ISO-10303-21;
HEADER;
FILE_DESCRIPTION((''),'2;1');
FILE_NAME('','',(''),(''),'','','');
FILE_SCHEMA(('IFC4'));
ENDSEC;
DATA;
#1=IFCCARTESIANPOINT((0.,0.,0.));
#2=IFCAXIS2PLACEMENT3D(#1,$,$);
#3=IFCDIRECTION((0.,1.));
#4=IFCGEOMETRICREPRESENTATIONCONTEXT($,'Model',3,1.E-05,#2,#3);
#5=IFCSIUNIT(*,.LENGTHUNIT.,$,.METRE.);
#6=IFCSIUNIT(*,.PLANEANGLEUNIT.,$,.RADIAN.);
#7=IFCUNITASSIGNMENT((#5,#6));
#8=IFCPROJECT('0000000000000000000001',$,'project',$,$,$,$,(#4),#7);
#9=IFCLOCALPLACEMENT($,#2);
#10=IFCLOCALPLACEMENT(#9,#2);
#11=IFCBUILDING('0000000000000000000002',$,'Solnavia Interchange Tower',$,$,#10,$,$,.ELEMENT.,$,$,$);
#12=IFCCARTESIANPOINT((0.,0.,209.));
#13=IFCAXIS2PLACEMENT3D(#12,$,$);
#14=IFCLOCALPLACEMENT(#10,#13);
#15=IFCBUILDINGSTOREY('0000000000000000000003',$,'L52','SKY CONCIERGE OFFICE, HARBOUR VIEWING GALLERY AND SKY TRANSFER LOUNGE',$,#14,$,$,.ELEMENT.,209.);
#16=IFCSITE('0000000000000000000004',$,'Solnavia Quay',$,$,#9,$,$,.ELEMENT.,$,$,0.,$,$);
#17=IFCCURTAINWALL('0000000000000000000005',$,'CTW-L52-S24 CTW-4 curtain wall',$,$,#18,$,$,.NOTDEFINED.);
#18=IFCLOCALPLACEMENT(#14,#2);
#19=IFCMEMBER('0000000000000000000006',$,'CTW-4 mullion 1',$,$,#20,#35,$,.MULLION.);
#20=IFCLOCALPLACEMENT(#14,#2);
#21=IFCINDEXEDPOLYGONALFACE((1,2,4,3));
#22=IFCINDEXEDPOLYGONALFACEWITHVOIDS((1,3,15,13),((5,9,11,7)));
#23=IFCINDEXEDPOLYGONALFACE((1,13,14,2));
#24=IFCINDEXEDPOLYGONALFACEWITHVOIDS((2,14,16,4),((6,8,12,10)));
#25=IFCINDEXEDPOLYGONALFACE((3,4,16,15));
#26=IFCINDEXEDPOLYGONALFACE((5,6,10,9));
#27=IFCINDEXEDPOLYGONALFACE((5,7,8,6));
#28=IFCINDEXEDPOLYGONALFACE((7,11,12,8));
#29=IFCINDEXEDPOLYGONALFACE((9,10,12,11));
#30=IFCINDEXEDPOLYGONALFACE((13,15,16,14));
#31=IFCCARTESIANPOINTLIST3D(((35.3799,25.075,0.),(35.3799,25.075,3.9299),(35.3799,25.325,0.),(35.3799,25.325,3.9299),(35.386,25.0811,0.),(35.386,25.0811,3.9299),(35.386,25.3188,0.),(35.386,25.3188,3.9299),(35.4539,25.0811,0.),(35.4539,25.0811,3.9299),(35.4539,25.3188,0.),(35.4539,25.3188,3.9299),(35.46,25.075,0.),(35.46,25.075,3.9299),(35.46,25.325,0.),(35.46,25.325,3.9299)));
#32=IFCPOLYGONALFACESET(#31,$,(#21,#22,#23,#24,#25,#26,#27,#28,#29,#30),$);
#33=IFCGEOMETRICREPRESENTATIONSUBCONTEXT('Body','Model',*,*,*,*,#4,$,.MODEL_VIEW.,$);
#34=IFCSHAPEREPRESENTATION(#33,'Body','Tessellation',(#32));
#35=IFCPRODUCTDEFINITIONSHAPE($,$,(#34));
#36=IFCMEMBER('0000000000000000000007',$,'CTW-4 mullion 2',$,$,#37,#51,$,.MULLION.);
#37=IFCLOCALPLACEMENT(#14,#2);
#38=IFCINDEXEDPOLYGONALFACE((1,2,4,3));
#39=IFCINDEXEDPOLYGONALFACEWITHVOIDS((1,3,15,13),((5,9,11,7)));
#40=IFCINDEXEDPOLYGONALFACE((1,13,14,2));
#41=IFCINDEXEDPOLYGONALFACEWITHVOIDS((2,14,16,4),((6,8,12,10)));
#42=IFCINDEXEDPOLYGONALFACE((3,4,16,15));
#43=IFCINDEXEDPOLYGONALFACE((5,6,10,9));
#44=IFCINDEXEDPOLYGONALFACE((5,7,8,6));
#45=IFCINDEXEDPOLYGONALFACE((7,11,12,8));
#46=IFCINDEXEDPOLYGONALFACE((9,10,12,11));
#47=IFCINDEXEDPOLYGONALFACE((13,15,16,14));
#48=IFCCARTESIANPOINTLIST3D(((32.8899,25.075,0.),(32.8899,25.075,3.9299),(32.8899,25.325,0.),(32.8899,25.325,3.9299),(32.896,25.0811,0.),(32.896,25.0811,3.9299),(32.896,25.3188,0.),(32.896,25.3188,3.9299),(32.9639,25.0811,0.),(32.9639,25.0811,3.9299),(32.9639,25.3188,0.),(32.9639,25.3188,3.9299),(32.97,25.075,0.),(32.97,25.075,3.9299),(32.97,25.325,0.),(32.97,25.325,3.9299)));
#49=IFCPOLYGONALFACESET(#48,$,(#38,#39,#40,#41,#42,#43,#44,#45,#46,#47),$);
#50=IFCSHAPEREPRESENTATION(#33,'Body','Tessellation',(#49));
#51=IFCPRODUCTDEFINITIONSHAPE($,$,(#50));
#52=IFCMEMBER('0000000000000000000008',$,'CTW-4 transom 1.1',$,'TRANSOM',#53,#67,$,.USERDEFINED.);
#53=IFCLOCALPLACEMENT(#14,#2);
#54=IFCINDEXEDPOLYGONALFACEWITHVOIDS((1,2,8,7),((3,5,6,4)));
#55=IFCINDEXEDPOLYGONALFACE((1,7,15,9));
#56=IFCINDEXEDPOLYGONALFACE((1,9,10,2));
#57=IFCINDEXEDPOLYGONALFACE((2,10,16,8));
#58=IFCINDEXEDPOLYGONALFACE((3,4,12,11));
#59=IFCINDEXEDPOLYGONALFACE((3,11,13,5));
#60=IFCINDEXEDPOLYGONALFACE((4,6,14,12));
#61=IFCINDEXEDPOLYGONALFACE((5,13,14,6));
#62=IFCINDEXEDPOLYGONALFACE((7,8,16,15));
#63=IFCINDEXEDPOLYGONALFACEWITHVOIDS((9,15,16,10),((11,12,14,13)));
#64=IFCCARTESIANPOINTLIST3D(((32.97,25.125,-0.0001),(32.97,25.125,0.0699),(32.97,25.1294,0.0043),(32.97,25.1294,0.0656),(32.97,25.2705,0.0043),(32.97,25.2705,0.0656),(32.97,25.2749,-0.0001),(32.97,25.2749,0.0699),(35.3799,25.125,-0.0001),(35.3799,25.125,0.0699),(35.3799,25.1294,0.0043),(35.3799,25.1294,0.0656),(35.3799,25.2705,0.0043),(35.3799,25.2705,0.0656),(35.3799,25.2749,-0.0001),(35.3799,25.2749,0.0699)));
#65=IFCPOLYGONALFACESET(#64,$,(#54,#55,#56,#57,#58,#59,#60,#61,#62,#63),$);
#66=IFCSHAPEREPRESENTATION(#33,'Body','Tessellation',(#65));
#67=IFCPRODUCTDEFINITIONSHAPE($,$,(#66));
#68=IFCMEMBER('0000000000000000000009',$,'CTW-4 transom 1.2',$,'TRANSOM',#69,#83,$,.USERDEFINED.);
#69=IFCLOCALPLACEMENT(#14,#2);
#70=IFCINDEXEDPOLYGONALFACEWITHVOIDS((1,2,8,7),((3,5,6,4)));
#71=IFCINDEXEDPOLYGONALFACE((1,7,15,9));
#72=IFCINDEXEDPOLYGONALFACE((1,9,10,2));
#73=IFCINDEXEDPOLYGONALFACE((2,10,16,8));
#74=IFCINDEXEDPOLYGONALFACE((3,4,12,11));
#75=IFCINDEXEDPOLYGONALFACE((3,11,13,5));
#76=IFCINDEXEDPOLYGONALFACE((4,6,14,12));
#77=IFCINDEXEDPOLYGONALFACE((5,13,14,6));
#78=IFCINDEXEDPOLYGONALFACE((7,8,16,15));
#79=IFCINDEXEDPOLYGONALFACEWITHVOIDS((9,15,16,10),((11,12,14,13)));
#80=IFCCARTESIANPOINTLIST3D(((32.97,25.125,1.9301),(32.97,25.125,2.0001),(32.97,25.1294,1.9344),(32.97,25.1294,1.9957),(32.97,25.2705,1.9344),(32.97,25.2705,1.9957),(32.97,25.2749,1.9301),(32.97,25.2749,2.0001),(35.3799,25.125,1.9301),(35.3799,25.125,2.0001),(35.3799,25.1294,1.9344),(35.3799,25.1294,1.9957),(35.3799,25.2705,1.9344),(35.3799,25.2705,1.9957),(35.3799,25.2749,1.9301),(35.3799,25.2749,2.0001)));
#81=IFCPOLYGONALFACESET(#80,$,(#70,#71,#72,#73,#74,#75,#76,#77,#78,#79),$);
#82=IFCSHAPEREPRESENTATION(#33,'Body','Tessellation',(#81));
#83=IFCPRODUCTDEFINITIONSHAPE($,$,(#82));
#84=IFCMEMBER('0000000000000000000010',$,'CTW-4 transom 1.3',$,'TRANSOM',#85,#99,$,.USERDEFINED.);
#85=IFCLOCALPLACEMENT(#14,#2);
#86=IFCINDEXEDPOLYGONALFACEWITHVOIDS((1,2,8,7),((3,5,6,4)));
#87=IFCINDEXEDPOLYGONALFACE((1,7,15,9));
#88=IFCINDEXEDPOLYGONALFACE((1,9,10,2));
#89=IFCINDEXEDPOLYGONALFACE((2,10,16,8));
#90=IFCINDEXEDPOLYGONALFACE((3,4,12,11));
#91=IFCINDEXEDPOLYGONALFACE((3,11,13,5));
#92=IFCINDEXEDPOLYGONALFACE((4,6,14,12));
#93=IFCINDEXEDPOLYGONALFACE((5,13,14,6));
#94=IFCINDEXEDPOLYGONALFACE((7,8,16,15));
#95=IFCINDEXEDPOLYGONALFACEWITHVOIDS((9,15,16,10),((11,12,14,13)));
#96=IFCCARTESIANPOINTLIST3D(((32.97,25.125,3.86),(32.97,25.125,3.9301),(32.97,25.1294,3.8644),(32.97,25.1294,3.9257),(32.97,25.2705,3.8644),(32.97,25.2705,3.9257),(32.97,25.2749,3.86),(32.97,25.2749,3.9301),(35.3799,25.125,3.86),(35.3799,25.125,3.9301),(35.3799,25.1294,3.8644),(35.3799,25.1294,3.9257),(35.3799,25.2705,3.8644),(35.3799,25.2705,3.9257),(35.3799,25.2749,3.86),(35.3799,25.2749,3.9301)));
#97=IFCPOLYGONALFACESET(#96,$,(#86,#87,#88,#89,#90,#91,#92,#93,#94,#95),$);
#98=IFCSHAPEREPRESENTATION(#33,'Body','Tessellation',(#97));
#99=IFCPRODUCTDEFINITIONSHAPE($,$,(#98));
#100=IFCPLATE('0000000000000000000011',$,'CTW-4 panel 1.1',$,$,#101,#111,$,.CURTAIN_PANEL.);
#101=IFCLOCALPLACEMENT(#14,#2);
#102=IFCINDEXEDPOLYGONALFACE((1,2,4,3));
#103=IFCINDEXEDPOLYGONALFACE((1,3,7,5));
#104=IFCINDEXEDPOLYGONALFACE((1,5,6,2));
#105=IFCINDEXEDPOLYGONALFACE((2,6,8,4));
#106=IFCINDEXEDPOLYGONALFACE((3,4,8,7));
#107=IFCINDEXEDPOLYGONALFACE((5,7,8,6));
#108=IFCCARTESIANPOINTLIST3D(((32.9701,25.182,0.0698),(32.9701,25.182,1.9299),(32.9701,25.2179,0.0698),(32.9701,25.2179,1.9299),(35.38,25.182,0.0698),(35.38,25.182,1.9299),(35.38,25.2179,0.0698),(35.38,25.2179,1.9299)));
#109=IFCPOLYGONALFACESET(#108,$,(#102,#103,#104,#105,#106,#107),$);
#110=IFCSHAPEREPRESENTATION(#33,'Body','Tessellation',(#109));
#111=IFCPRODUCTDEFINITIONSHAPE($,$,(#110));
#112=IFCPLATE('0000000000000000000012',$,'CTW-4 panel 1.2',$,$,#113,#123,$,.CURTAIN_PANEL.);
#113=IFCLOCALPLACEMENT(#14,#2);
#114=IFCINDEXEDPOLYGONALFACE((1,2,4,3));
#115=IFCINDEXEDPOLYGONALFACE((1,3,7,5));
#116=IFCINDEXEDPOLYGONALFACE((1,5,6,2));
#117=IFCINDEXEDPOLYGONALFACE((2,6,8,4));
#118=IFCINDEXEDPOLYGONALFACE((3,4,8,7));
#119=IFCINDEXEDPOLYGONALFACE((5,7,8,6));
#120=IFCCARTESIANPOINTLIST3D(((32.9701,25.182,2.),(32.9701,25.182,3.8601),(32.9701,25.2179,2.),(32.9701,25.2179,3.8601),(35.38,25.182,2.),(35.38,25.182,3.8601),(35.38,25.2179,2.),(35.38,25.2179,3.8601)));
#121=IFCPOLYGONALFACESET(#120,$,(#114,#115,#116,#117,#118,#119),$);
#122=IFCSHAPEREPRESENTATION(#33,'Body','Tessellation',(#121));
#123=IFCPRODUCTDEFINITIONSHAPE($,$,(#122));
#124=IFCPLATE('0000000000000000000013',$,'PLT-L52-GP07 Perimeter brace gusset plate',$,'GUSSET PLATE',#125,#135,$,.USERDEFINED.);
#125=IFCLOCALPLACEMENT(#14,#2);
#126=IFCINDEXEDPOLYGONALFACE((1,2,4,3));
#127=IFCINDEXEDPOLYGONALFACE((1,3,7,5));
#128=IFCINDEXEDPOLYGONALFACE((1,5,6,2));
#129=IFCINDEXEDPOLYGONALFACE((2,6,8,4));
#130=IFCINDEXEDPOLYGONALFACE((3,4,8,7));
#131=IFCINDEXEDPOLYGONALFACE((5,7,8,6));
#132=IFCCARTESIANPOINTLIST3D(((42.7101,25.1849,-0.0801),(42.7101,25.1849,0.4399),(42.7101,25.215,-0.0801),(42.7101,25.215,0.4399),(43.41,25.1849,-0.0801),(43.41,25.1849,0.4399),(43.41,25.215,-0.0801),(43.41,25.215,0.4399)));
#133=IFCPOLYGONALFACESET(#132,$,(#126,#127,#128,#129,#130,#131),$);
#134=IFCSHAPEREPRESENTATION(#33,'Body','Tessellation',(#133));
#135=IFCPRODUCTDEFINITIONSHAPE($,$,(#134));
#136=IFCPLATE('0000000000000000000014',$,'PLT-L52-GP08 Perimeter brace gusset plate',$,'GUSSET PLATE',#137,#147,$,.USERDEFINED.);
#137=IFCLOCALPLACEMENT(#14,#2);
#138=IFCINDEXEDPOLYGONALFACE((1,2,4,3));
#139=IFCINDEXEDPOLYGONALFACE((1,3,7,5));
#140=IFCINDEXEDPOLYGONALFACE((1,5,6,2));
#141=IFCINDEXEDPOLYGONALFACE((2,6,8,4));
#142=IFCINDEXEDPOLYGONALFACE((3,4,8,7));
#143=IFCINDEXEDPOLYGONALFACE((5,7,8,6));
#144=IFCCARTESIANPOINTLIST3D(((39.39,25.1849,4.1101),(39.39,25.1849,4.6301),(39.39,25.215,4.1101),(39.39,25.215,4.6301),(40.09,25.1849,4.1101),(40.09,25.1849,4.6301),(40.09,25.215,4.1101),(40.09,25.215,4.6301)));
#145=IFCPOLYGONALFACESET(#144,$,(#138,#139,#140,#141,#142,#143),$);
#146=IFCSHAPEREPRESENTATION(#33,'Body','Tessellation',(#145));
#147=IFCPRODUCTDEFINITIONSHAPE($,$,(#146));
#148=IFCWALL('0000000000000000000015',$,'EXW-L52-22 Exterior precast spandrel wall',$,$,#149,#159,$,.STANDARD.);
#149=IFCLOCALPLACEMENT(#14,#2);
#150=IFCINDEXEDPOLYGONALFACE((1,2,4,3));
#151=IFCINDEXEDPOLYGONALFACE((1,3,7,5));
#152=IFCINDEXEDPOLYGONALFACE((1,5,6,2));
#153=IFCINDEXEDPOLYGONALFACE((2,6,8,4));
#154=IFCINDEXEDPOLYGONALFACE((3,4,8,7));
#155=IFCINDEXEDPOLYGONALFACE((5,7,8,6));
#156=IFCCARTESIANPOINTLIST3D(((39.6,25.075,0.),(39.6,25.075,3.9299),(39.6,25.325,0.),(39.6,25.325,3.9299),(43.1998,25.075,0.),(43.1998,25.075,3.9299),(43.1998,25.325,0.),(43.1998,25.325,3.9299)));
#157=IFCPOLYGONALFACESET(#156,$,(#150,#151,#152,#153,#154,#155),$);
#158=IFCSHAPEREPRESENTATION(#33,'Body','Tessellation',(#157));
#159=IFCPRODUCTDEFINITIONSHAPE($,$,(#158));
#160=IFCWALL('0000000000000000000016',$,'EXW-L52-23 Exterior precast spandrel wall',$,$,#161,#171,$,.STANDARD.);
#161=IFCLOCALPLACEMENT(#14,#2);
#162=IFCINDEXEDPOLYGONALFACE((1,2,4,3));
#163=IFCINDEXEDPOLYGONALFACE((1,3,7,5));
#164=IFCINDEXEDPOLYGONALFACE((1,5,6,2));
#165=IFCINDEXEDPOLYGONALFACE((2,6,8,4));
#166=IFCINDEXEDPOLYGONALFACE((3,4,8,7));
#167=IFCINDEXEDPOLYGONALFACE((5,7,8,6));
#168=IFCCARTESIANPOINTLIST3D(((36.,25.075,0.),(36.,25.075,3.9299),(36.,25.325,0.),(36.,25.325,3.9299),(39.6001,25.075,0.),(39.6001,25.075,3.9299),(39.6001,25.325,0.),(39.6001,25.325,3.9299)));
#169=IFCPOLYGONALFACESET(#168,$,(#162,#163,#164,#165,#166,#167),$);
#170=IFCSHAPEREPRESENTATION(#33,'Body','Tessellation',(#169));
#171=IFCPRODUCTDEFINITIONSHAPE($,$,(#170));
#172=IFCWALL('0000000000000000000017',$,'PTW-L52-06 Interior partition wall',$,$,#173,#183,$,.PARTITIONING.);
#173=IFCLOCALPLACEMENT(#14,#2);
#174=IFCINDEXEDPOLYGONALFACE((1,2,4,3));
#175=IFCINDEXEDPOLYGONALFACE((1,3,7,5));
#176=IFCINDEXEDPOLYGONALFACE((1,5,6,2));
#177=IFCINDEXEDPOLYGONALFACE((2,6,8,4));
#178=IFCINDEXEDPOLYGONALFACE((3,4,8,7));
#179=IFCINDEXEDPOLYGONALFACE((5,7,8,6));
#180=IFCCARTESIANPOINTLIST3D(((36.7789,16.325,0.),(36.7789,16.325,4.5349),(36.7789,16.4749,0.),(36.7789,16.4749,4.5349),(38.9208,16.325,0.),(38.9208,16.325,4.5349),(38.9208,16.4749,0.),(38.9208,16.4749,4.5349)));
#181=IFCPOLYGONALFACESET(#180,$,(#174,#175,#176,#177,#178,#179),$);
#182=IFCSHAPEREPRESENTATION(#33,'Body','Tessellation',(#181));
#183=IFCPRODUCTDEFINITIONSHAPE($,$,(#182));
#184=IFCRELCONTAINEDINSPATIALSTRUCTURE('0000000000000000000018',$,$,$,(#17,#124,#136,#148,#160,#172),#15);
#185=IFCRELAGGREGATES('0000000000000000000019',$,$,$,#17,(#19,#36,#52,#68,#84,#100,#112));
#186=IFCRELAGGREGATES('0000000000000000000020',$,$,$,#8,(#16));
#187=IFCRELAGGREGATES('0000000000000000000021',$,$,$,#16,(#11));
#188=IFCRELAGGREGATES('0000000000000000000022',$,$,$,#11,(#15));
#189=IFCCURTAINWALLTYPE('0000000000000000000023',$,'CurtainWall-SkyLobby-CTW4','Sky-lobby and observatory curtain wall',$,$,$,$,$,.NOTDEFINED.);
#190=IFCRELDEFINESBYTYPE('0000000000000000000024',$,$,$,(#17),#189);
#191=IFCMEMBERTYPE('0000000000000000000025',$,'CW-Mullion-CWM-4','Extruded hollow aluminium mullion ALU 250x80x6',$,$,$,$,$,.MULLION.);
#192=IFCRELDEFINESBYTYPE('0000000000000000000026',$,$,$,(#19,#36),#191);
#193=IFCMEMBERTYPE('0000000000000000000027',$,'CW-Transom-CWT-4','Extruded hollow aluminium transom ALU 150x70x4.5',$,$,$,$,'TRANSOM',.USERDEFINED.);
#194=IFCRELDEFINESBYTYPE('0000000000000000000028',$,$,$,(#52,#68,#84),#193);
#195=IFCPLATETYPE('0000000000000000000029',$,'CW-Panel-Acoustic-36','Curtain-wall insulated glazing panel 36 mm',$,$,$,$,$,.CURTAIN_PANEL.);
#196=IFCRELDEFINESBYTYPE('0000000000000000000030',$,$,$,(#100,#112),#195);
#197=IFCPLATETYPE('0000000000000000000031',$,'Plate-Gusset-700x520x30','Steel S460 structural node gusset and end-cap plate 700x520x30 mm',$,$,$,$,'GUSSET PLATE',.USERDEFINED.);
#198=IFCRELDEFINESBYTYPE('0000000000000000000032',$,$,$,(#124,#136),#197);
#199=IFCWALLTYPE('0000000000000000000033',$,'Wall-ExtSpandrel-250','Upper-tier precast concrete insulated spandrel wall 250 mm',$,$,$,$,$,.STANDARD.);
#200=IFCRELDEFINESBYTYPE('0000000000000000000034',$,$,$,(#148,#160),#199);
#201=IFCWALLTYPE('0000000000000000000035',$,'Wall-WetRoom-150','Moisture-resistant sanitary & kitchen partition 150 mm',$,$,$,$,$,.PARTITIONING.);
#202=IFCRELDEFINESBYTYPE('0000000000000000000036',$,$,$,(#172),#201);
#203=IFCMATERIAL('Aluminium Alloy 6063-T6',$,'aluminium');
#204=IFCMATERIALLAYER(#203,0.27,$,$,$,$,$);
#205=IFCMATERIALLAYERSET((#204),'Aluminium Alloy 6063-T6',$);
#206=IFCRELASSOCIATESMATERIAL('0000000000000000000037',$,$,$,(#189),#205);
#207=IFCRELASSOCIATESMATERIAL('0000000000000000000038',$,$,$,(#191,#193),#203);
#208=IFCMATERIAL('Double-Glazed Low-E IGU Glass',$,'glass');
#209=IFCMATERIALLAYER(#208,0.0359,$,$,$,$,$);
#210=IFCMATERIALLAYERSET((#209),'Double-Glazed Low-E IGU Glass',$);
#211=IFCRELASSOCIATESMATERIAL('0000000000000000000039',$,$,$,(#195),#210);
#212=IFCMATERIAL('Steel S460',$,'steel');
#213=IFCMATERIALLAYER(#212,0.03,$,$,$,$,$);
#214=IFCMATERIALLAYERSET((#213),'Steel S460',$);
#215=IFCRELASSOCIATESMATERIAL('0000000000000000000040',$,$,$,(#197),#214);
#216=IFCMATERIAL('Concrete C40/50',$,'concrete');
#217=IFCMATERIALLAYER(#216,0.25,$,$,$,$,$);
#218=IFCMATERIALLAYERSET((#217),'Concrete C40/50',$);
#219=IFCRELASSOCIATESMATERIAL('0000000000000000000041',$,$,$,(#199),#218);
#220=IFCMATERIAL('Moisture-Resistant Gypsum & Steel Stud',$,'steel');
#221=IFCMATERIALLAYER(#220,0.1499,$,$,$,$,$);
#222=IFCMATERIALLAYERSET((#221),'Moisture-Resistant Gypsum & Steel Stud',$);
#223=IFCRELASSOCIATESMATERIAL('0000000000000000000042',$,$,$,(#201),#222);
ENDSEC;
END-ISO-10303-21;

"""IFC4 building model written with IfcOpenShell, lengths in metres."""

from ifc_helpers import new_model, si_unit, direction, frame, frame_2d, origin, origin_2d, place, context, subcontext, project, spatial, rectangle, hollow_rectangle, extrude, material, layer, layer_set, material_profile, profile_set, type_object, element, aggregate, save


model = new_model("IFC4")

# Units and contexts
model_context = context("Model", 3, precision=1e-05, world=origin(), true_north=direction((0.0, 1.0)))
body_context = subcontext(model_context, "Body", "Model", "MODEL_VIEW")
ifc_project = project(units=[si_unit("LENGTHUNIT", "METRE"), si_unit("PLANEANGLEUNIT", "RADIAN")], contexts=[model_context])

# Site, building, storey
site_placement = place(None, origin())
site = spatial("IfcSite", under=ifc_project, at=site_placement, Name="Solnavia Quay", CompositionType="ELEMENT", RefElevation=0.0)
building_placement = place(site_placement, origin())
building = spatial("IfcBuilding", under=site, at=building_placement, Name="Solnavia Interchange Tower", CompositionType="ELEMENT")
storey_placement = place(building_placement, frame((0.0, 0.0, 209.0)))
storey = spatial("IfcBuildingStorey", under=building, at=storey_placement, Name="L52", Description="SKY CONCIERGE OFFICE, HARBOUR VIEWING GALLERY AND SKY TRANSFER LOUNGE", CompositionType="ELEMENT", Elevation=209.0)

# Shared definitions
ifc_material_1 = material(Name="Steel S460", Category="steel")

# Curtain wall, members, plates
ifc_material_2 = material(Name="Aluminium Alloy 6063-T6", Category="aluminium")
ifc_layer_1 = layer(ifc_material_2, 0.27)
ifc_layer_set_1 = layer_set([ifc_layer_1], Name="Aluminium Alloy 6063-T6")
curtain_wall_type = type_object("IfcCurtainWallType", Name="CurtainWall-SkyLobby-CTW4", Description="Sky-lobby and observatory curtain wall", PredefinedType="NOTDEFINED", material=ifc_layer_set_1)
curtain_wall_placement = place(storey_placement, origin())
curtain_wall = element("IfcCurtainWall", 1, at=curtain_wall_placement, inside=storey, type_object=curtain_wall_type, Name="CTW-L52-S24 CTW-4 curtain wall", PredefinedType="NOTDEFINED")
ifc_material_profile_1 = material_profile(ifc_material_2, hollow_rectangle(XDim=0.0801, YDim=0.25, WallThickness=0.0061, at=origin_2d()), Name="ALU 250x80x6")
ifc_profile_set_1 = profile_set([ifc_material_profile_1], Name="Aluminium Alloy 6063-T6")
member_type_1 = type_object("IfcMemberType", Name="CW-Mullion-CWM-4", Description="Extruded hollow aluminium mullion ALU 250x80x6", PredefinedType="MULLION", material=ifc_profile_set_1)
member_1_placement = place(storey_placement, frame((35.4199, 25.2, 0.0), z_axis=(0.0, 0.0, 1.0), x_axis=(-1.0, 0.0, 0.0)))
member_1 = element("IfcMember", 2, at=member_1_placement, type_object=member_type_1, Name="CTW-4 mullion 1", PredefinedType="MULLION", context=body_context, shape_type="SweptSolid", body=[
    extrude(hollow_rectangle(XDim=0.0801, YDim=0.25, WallThickness=0.0061, at=origin_2d()), origin(), (0.0, 0.0, 1.0), 3.9299),
])
member_2_placement = place(storey_placement, frame((32.9299, 25.2, 0.0), z_axis=(0.0, 0.0, 1.0), x_axis=(-1.0, 0.0, 0.0)))
member_2 = element("IfcMember", 3, at=member_2_placement, type_object=member_type_1, Name="CTW-4 mullion 2", PredefinedType="MULLION", context=body_context, shape_type="SweptSolid", body=[
    extrude(hollow_rectangle(XDim=0.0801, YDim=0.25, WallThickness=0.0061, at=origin_2d()), origin(), (0.0, 0.0, 1.0), 3.9299),
])
ifc_material_profile_2 = material_profile(ifc_material_2, hollow_rectangle(XDim=0.0701, YDim=0.1499, WallThickness=0.0044, at=origin_2d()), Name="ALU 150x70x4.5")
ifc_profile_set_2 = profile_set([ifc_material_profile_2], Name="Aluminium Alloy 6063-T6")
member_type_2 = type_object("IfcMemberType", Name="CW-Transom-CWT-4", Description="Extruded hollow aluminium transom ALU 150x70x4.5", ElementType="TRANSOM", PredefinedType="USERDEFINED", material=ifc_profile_set_2)
member_3_placement = place(storey_placement, frame((35.3799, 25.2, 0.0349), z_axis=(-1.0, 0.0, 0.0), x_axis=(0.0, 0.0, 1.0)))
member_3 = element("IfcMember", 4, at=member_3_placement, type_object=member_type_2, Name="CTW-4 transom 1.1", ObjectType="TRANSOM", PredefinedType="USERDEFINED", context=body_context, shape_type="SweptSolid", body=[
    extrude(hollow_rectangle(XDim=0.0701, YDim=0.1499, WallThickness=0.0044, at=origin_2d()), origin(), (0.0, 0.0, 1.0), 2.4099),
])
member_4_placement = place(storey_placement, frame((35.3799, 25.2, 1.9651), z_axis=(-1.0, 0.0, 0.0), x_axis=(0.0, 0.0, 1.0)))
member_4 = element("IfcMember", 5, at=member_4_placement, type_object=member_type_2, Name="CTW-4 transom 1.2", ObjectType="TRANSOM", PredefinedType="USERDEFINED", context=body_context, shape_type="SweptSolid", body=[
    extrude(hollow_rectangle(XDim=0.0701, YDim=0.1499, WallThickness=0.0044, at=origin_2d()), origin(), (0.0, 0.0, 1.0), 2.4099),
])
member_5_placement = place(storey_placement, frame((35.3799, 25.2, 3.895), z_axis=(-1.0, 0.0, 0.0), x_axis=(0.0, 0.0, 1.0)))
member_5 = element("IfcMember", 6, at=member_5_placement, type_object=member_type_2, Name="CTW-4 transom 1.3", ObjectType="TRANSOM", PredefinedType="USERDEFINED", context=body_context, shape_type="SweptSolid", body=[
    extrude(hollow_rectangle(XDim=0.0701, YDim=0.1499, WallThickness=0.0044, at=origin_2d()), origin(), (0.0, 0.0, 1.0), 2.4099),
])
ifc_material_3 = material(Name="Double-Glazed Low-E IGU Glass", Category="glass")
ifc_layer_2 = layer(ifc_material_3, 0.0359)
ifc_layer_set_2 = layer_set([ifc_layer_2], Name="Double-Glazed Low-E IGU Glass")
plate_type_1 = type_object("IfcPlateType", Name="CW-Panel-Acoustic-36", Description="Curtain-wall insulated glazing panel 36 mm", PredefinedType="CURTAIN_PANEL", material=ifc_layer_set_2)
plate_1_placement = place(storey_placement, frame((34.175, 25.2, 0.0698), z_axis=(0.0, 0.0, 1.0), x_axis=(-1.0, 0.0, 0.0)))
plate_1 = element("IfcPlate", 7, at=plate_1_placement, type_object=plate_type_1, Name="CTW-4 panel 1.1", PredefinedType="CURTAIN_PANEL", context=body_context, shape_type="SweptSolid", body=[
    extrude(rectangle(XDim=2.4099, YDim=0.0359, at=origin_2d()), origin(), (0.0, 0.0, 1.0), 1.8601),
])
plate_2_placement = place(storey_placement, frame((34.175, 25.2, 2.0), z_axis=(0.0, 0.0, 1.0), x_axis=(-1.0, 0.0, 0.0)))
plate_2 = element("IfcPlate", 8, at=plate_2_placement, type_object=plate_type_1, Name="CTW-4 panel 1.2", PredefinedType="CURTAIN_PANEL", context=body_context, shape_type="SweptSolid", body=[
    extrude(rectangle(XDim=2.4099, YDim=0.0359, at=origin_2d()), origin(), (0.0, 0.0, 1.0), 1.8601),
])
aggregate(curtain_wall, [member_1, member_2, member_3, member_4, member_5, plate_1, plate_2])

# Plates
ifc_layer_3 = layer(ifc_material_1, 0.03)
ifc_layer_set_3 = layer_set([ifc_layer_3], Name="Steel S460")
plate_type_2 = type_object("IfcPlateType", Name="Plate-Gusset-700x520x30", Description="Steel S460 structural node gusset and end-cap plate 700x520x30 mm", ElementType="GUSSET PLATE", PredefinedType="USERDEFINED", material=ifc_layer_set_3)
for number, where, z_axis, x_axis, name in (
    (9, (43.0601, 25.2, -0.0801), (0.0, 0.0, 1.0), (-1.0, 0.0, 0.0), "PLT-L52-GP07 Perimeter brace gusset plate"),
    (10, (39.74, 25.2, 4.1101), (0.0, 0.0, 1.0), (-1.0, 0.0, 0.0), "PLT-L52-GP08 Perimeter brace gusset plate"),
):
    element("IfcPlate", number, at=place(storey_placement, frame(where, z_axis=z_axis, x_axis=x_axis)), inside=storey, type_object=plate_type_2, Name=name, ObjectType="GUSSET PLATE", PredefinedType="USERDEFINED", context=body_context, shape_type="SweptSolid", body=[
        extrude(rectangle(XDim=0.7, YDim=0.03, at=origin_2d()), origin(), (0.0, 0.0, 1.0), 0.52),
    ])

# Walls
ifc_material_4 = material(Name="Concrete C40/50", Category="concrete")
ifc_layer_4 = layer(ifc_material_4, 0.25)
ifc_layer_set_4 = layer_set([ifc_layer_4], Name="Concrete C40/50")
wall_type_1 = type_object("IfcWallType", Name="Wall-ExtSpandrel-250", Description="Upper-tier precast concrete insulated spandrel wall 250 mm", PredefinedType="STANDARD", material=ifc_layer_set_4)
wall_1_placement = place(storey_placement, frame((39.6001, 25.2, 0.0), z_axis=(0.0, 0.0, 1.0), x_axis=(1.0, 0.0, 0.0)))
element("IfcWall", 11, at=wall_1_placement, inside=storey, type_object=wall_type_1, Name="EXW-L52-22 Exterior precast spandrel wall", PredefinedType="STANDARD", context=body_context, shape_type="SweptSolid", body=[
    extrude(rectangle(XDim=3.5999, YDim=0.25, at=frame_2d((1.7998, 0.0))), origin(), (0.0, 0.0, 1.0), 3.9299),
])
wall_2_placement = place(storey_placement, frame((36.0, 25.2, 0.0), z_axis=(0.0, 0.0, 1.0), x_axis=(1.0, 0.0, 0.0)))
element("IfcWall", 12, at=wall_2_placement, inside=storey, type_object=wall_type_1, Name="EXW-L52-23 Exterior precast spandrel wall", PredefinedType="STANDARD", context=body_context, shape_type="SweptSolid", body=[
    extrude(rectangle(XDim=3.6001, YDim=0.25, at=frame_2d((1.8, 0.0))), origin(), (0.0, 0.0, 1.0), 3.9299),
])
ifc_material_5 = material(Name="Moisture-Resistant Gypsum & Steel Stud", Category="steel")
ifc_layer_5 = layer(ifc_material_5, 0.1499)
ifc_layer_set_5 = layer_set([ifc_layer_5], Name="Moisture-Resistant Gypsum & Steel Stud")
wall_type_2 = type_object("IfcWallType", Name="Wall-WetRoom-150", Description="Moisture-resistant sanitary & kitchen partition 150 mm", PredefinedType="PARTITIONING", material=ifc_layer_set_5)
wall_3_placement = place(storey_placement, frame((36.7791, 16.3999, 0.0), z_axis=(0.0, 0.0, 1.0), x_axis=(1.0, 0.0, 0.0)))
element("IfcWall", 13, at=wall_3_placement, inside=storey, type_object=wall_type_2, Name="PTW-L52-06 Interior partition wall", PredefinedType="PARTITIONING", context=body_context, shape_type="SweptSolid", body=[
    extrude(rectangle(XDim=2.1418, YDim=0.1499, at=frame_2d((1.0708, 0.0))), origin(), (0.0, 0.0, 1.0), 4.5349),
])

save(model, "model.ifc")
